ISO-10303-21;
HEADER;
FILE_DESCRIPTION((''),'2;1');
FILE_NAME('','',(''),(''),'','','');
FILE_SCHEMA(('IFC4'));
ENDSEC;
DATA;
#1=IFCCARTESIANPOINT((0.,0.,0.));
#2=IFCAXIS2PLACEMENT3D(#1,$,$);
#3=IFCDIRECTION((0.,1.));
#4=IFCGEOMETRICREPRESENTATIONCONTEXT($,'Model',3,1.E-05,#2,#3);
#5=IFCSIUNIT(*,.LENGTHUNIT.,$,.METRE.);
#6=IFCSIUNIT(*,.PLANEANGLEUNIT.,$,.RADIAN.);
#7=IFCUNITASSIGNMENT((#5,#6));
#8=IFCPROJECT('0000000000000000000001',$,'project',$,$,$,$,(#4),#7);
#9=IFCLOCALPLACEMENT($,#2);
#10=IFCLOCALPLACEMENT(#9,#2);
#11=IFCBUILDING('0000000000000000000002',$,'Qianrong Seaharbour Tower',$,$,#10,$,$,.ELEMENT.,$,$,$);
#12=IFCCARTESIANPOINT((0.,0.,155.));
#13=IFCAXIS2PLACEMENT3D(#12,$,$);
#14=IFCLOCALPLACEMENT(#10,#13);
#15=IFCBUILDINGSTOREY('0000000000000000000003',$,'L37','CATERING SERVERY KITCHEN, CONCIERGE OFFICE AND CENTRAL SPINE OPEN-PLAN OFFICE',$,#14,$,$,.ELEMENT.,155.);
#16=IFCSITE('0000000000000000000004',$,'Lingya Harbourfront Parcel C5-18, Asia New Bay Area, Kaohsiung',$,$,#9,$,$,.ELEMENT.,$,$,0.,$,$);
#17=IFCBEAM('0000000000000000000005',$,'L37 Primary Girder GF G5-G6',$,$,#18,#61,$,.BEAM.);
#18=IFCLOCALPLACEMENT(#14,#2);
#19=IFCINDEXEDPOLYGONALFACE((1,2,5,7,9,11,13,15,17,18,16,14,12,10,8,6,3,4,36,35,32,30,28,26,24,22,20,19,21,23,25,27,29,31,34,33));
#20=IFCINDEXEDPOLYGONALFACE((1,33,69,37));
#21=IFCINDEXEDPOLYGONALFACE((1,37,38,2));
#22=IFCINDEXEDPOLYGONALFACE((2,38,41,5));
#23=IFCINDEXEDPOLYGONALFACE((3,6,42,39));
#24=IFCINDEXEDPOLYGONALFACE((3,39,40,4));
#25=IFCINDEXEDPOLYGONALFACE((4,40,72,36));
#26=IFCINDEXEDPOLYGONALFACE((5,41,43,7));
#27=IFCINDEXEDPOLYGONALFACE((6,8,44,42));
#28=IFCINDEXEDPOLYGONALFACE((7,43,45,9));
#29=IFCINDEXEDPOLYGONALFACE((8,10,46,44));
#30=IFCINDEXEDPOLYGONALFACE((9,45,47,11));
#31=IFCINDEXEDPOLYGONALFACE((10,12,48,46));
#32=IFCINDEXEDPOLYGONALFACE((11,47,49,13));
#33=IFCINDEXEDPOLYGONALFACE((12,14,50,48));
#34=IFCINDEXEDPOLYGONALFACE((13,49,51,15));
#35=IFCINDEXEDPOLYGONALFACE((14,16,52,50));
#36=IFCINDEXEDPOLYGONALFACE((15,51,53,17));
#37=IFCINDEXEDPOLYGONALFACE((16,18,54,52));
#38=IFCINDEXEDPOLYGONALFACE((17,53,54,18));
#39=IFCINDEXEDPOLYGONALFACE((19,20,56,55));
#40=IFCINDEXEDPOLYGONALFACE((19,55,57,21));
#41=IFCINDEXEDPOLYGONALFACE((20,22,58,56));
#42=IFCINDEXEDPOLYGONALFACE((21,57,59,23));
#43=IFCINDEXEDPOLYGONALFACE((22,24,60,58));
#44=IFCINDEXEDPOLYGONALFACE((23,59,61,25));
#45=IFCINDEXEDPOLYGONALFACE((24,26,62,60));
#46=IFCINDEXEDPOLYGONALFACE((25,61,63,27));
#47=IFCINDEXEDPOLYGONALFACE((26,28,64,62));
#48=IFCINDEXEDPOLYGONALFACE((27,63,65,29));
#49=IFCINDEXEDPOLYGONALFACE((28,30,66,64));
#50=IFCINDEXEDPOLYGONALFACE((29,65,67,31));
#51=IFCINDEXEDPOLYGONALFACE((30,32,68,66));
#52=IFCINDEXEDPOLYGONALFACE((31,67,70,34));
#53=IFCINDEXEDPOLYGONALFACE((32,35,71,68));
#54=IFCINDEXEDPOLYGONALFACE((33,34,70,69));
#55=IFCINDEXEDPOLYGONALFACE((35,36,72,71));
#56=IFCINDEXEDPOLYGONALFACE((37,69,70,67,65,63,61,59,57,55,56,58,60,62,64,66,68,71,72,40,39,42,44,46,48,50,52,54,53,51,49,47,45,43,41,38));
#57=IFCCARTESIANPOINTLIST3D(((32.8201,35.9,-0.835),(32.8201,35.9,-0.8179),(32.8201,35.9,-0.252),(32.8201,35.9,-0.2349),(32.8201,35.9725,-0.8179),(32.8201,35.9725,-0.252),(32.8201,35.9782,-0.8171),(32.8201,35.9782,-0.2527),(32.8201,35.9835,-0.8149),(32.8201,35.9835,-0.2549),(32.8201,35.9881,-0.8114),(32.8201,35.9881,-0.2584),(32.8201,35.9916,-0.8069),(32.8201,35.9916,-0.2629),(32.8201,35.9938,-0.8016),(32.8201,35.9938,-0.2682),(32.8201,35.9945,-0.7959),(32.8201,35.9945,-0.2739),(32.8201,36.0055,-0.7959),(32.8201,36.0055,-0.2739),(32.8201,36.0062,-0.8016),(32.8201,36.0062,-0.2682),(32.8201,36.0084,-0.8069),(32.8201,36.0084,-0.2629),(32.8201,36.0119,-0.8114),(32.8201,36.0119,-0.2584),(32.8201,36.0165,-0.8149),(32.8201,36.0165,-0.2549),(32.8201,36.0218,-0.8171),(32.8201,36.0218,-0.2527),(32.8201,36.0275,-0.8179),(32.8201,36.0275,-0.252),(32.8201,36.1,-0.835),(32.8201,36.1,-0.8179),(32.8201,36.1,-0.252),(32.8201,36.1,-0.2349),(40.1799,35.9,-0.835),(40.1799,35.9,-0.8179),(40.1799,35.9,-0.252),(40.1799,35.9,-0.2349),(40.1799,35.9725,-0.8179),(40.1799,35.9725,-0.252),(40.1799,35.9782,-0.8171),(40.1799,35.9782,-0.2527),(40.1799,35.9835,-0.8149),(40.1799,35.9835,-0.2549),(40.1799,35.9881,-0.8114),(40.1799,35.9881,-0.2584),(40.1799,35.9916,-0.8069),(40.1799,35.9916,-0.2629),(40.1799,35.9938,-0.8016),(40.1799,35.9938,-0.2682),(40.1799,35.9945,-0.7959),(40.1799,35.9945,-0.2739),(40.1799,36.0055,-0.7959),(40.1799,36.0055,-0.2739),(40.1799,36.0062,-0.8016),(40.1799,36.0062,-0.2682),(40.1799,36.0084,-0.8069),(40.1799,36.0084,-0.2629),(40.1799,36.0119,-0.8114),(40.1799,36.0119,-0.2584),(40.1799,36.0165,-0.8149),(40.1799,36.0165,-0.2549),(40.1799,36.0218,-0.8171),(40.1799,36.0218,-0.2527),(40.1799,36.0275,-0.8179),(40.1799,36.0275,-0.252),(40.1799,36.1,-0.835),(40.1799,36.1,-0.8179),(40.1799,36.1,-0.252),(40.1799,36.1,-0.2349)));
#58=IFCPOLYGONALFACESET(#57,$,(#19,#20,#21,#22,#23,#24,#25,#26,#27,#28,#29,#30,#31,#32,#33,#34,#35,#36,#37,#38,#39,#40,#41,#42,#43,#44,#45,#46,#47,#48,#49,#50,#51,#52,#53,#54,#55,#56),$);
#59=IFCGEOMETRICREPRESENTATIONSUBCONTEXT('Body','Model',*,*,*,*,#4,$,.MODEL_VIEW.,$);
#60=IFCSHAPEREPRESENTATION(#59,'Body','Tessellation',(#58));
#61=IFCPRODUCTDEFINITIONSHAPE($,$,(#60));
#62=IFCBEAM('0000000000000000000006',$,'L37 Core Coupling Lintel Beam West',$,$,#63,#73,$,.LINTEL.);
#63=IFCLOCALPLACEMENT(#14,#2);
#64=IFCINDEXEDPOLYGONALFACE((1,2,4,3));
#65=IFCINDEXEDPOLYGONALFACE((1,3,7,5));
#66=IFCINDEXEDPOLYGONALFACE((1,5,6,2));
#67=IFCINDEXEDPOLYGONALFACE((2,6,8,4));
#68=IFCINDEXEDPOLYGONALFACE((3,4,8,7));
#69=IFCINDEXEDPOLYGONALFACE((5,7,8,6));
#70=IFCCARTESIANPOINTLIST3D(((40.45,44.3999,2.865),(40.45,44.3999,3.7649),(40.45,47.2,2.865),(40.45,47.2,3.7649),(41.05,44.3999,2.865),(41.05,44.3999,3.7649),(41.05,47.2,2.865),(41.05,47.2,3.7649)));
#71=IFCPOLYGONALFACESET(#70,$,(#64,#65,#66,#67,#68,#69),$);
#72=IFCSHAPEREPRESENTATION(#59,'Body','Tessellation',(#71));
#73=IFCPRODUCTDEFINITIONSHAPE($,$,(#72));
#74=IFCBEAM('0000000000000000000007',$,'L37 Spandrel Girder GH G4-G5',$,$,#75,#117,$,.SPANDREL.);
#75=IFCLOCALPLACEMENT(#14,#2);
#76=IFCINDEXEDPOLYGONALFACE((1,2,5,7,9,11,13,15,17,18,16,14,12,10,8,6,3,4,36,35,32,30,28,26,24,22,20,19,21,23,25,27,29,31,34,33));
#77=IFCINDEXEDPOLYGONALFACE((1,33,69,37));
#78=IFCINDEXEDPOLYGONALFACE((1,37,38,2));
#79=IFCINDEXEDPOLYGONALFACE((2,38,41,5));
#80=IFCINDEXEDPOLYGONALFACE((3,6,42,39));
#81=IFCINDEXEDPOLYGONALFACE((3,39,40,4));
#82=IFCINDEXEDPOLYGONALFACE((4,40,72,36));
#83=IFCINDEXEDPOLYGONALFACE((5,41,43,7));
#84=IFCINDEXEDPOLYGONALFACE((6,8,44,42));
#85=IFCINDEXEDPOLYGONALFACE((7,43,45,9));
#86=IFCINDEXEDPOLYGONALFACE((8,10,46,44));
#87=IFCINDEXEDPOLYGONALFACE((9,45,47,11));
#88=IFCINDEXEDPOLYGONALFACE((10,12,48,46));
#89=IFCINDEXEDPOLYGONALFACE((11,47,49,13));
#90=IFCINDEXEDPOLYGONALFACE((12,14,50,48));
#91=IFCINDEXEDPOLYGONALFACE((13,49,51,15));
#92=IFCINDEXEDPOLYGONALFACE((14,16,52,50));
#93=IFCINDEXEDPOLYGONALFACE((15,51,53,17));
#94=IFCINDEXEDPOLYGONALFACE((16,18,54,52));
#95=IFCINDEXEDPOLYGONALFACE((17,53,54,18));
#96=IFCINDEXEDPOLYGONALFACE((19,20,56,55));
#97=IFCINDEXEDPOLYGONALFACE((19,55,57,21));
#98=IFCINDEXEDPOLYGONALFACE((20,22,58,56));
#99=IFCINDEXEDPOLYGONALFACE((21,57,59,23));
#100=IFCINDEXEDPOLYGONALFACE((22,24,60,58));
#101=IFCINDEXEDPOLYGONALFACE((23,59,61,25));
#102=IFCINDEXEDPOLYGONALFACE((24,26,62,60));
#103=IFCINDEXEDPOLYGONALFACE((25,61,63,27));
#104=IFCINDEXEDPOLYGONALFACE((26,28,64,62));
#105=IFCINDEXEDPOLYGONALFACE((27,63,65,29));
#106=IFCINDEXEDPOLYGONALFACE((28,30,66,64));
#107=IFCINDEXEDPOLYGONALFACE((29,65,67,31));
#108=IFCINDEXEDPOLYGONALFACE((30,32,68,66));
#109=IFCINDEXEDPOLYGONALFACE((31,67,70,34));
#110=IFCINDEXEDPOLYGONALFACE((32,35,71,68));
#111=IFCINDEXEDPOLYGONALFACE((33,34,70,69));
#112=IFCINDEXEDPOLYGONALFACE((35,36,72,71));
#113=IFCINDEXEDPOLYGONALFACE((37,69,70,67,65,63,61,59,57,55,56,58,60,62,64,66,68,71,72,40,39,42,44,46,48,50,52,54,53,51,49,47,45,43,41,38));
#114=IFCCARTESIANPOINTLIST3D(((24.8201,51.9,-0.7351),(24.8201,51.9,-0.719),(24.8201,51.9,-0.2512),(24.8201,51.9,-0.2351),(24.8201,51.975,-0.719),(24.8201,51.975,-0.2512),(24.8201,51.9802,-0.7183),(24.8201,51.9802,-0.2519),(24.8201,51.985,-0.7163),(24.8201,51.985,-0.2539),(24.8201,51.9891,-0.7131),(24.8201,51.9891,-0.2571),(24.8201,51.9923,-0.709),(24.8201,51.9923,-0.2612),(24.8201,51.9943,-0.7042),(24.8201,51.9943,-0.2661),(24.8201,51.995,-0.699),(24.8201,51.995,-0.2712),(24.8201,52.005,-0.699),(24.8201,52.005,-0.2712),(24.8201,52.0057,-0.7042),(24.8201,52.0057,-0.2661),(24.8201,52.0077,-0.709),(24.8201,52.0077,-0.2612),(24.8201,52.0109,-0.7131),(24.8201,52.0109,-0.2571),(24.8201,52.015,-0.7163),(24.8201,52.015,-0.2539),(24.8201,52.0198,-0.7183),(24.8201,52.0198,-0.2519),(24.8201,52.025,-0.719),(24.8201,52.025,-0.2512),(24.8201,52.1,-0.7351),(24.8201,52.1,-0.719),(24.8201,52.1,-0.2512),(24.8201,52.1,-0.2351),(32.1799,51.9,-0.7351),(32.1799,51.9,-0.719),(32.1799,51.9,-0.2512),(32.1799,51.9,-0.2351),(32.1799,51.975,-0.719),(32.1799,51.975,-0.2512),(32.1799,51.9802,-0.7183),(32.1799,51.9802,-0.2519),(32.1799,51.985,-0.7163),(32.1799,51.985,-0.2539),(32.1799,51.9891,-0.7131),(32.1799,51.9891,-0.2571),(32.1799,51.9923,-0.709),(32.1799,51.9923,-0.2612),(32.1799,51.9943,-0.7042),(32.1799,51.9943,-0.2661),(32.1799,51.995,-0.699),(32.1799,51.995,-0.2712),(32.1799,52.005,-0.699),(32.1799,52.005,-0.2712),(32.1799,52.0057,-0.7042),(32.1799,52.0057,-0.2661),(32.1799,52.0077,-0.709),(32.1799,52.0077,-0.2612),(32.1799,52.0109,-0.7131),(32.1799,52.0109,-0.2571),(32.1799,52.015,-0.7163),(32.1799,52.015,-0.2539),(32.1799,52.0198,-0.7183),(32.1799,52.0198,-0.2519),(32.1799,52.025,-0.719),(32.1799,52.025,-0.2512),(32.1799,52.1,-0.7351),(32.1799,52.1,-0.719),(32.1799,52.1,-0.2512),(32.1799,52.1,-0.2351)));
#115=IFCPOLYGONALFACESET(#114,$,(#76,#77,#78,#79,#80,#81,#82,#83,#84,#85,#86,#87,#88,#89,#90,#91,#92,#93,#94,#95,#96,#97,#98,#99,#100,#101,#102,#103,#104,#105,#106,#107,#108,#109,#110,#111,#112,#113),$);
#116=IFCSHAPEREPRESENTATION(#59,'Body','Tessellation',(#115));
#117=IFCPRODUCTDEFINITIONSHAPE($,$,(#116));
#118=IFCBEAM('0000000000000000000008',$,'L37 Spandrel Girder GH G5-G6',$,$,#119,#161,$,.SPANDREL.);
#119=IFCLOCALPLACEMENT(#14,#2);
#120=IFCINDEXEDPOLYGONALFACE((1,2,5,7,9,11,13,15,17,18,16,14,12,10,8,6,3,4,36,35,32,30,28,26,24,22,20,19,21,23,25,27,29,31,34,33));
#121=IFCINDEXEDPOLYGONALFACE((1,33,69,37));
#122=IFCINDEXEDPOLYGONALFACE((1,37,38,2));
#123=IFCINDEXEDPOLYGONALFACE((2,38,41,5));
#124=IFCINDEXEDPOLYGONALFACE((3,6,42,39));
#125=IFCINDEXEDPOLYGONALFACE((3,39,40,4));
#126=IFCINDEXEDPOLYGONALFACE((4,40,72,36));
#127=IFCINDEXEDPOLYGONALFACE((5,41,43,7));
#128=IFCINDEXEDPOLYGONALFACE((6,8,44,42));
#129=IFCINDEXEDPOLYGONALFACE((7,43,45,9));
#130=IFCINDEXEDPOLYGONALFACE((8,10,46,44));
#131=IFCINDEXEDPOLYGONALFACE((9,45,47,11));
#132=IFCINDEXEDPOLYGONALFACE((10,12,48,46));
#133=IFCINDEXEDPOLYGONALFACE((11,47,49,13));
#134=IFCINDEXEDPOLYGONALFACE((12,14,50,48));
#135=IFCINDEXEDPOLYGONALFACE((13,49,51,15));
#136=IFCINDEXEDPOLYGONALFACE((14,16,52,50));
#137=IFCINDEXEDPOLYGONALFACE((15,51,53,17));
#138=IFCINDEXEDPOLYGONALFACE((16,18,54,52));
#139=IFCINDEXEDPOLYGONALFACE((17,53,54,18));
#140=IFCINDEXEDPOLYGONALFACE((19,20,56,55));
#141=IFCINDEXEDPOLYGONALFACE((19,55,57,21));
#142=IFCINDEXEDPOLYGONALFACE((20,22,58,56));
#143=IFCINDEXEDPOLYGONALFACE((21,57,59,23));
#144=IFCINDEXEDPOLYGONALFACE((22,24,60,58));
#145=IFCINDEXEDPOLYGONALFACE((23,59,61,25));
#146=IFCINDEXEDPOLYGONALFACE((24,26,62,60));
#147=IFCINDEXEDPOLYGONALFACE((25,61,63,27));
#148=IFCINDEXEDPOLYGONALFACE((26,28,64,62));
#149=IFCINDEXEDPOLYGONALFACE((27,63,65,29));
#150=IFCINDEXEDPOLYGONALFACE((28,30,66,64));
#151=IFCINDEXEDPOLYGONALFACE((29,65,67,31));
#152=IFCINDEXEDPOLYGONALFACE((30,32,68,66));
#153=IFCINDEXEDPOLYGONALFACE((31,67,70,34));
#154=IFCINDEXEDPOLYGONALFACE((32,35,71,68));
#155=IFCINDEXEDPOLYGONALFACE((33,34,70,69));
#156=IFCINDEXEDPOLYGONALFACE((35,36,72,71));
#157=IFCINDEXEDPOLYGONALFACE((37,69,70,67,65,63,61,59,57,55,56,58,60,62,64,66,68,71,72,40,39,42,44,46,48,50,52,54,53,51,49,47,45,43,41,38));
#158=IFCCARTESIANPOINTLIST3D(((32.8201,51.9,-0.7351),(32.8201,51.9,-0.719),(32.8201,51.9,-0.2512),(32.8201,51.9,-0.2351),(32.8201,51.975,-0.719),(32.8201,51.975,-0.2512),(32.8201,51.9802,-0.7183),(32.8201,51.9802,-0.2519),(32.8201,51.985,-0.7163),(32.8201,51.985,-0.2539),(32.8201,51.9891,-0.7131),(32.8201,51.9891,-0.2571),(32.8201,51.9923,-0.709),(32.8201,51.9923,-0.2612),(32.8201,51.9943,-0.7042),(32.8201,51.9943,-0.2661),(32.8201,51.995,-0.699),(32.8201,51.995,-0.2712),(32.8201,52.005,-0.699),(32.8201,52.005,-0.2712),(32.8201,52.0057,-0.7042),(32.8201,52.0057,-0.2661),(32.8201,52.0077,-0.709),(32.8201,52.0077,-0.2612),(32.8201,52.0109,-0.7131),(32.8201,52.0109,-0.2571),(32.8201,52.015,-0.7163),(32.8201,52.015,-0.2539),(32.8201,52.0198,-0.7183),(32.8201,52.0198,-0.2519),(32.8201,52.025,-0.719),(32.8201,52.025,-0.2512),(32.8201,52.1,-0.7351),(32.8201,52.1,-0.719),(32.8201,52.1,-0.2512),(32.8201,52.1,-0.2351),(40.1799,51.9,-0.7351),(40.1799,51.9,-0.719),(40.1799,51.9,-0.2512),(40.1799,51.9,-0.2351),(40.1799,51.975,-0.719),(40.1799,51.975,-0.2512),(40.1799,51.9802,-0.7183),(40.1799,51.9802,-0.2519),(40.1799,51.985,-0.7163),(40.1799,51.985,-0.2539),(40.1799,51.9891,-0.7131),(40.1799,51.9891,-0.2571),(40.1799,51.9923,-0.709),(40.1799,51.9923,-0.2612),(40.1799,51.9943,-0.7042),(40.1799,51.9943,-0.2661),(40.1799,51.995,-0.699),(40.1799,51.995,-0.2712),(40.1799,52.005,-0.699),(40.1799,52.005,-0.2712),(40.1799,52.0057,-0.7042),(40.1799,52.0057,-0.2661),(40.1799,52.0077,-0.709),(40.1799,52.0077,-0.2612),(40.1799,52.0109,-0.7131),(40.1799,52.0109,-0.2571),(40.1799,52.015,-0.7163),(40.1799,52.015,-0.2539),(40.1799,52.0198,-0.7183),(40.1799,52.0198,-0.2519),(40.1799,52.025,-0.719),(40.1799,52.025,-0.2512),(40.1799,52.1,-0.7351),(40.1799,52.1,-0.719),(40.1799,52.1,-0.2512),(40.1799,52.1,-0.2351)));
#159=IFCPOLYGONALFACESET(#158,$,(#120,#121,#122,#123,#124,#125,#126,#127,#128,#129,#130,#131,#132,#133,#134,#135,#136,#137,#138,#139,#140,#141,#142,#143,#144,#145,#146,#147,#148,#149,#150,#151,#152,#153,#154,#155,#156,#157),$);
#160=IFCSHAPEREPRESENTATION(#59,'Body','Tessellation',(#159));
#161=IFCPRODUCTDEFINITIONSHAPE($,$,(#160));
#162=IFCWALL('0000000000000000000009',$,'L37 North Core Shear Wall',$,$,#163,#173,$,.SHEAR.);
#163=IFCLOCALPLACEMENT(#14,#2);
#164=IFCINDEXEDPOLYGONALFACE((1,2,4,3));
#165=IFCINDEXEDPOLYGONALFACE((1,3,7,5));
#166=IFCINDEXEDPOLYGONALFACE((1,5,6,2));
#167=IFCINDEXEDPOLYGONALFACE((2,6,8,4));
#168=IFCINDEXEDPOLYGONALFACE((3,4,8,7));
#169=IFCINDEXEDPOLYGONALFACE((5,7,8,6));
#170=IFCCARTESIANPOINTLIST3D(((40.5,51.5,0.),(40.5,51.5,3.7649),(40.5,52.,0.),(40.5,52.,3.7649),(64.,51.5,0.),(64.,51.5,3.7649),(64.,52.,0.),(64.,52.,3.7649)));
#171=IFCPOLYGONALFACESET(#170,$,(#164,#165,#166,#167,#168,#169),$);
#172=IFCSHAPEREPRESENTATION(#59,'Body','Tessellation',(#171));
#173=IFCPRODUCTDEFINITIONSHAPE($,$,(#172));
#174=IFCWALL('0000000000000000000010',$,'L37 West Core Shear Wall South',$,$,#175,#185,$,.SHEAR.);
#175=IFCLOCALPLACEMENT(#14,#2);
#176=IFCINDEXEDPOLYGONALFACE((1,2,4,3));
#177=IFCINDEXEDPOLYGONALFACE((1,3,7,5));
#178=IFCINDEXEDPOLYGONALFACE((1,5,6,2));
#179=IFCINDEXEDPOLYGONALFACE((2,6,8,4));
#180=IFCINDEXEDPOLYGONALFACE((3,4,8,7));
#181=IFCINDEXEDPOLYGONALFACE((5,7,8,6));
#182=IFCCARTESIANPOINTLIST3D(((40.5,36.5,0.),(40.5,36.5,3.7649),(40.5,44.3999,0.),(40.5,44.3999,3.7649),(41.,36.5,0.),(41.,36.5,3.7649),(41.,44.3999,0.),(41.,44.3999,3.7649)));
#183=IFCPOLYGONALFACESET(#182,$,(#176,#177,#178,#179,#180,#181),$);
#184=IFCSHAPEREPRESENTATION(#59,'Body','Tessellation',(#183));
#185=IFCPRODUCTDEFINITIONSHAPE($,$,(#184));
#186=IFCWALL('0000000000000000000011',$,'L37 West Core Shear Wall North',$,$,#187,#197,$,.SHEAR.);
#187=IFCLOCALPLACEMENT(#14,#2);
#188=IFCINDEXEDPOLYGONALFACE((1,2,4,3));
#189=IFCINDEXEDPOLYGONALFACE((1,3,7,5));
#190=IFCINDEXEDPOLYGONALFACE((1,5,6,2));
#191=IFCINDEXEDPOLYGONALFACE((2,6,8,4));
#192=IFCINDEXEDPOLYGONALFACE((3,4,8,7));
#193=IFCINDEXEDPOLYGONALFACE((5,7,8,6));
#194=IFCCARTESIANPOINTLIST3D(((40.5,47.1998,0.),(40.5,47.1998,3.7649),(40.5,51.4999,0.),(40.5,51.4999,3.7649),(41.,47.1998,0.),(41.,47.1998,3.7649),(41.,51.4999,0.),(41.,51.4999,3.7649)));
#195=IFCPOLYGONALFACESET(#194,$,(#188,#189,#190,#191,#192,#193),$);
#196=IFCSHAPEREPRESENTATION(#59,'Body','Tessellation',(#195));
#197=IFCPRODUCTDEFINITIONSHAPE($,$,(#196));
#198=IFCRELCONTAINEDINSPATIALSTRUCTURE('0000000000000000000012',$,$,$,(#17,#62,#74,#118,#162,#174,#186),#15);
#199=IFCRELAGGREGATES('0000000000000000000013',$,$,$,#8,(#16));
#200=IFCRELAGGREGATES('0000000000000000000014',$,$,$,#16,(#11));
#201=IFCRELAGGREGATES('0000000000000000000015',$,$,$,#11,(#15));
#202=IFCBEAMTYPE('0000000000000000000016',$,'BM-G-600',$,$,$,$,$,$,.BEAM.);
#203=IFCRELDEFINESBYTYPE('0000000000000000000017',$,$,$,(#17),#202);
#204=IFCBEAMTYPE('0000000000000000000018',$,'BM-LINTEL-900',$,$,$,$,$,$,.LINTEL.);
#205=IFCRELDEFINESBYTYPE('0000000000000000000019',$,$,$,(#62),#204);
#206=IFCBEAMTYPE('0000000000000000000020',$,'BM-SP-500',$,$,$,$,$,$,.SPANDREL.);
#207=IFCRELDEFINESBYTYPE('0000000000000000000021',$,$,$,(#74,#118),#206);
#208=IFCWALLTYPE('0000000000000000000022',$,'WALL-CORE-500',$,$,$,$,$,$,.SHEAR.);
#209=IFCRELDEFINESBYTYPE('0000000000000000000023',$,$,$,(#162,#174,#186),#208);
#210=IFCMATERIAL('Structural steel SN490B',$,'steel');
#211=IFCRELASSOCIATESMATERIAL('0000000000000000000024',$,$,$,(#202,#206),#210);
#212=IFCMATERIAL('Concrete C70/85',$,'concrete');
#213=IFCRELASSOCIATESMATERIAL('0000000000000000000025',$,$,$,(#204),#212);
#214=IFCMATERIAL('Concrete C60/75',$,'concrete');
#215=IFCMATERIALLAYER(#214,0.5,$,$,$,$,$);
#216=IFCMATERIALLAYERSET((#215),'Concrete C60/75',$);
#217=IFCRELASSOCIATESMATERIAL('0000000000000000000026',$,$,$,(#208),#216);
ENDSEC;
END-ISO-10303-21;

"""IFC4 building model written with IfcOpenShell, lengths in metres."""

from ifc_helpers import new_model, si_unit, direction, frame, frame_2d, origin, origin_2d, place, context, subcontext, project, spatial, rectangle, i_section, extrude, material, layer, layer_set, material_profile, profile_set, type_object, element, save


model = new_model("IFC4")

# Units and contexts
model_context = context("Model", 3, precision=1e-05, world=origin(), true_north=direction((0.0, 1.0)))
body_context = subcontext(model_context, "Body", "Model", "MODEL_VIEW")
ifc_project = project(units=[si_unit("LENGTHUNIT", "METRE"), si_unit("PLANEANGLEUNIT", "RADIAN")], contexts=[model_context])

# Site, building, storey
site_placement = place(None, origin())
site = spatial("IfcSite", under=ifc_project, at=site_placement, Name="Lingya Harbourfront Parcel C5-18, Asia New Bay Area, Kaohsiung", CompositionType="ELEMENT", RefElevation=0.0)
building_placement = place(site_placement, origin())
building = spatial("IfcBuilding", under=site, at=building_placement, Name="Qianrong Seaharbour Tower", CompositionType="ELEMENT")
storey_placement = place(building_placement, frame((0.0, 0.0, 155.0)))
storey = spatial("IfcBuildingStorey", under=building, at=storey_placement, Name="L37", Description="CATERING SERVERY KITCHEN, CONCIERGE OFFICE AND CENTRAL SPINE OPEN-PLAN OFFICE", CompositionType="ELEMENT", Elevation=155.0)

# Shared definitions
ifc_material_1 = material(Name="Structural steel SN490B", Category="steel")

# Beams
ifc_material_profile_1 = material_profile(ifc_material_1, i_section(OverallWidth=0.2, OverallDepth=0.6001, WebThickness=0.011, FlangeThickness=0.0171, FilletRadius=0.022, at=origin_2d()), Name="H600x200x11x17")
ifc_profile_set_1 = profile_set([ifc_material_profile_1], Name="Structural steel SN490B")
beam_type_1 = type_object("IfcBeamType", Name="BM-G-600", PredefinedType="BEAM", material=ifc_profile_set_1)
beam_1_placement = place(storey_placement, frame((32.8201, 36.0, -0.5349), z_axis=(1.0, 0.0, 0.0), x_axis=(0.0, 1.0, 0.0)))
element("IfcBeam", 1, at=beam_1_placement, inside=storey, type_object=beam_type_1, Name="L37 Primary Girder GF G5-G6", PredefinedType="BEAM", context=body_context, shape_type="SweptSolid", body=[
    extrude(i_section(OverallWidth=0.2, OverallDepth=0.6001, WebThickness=0.011, FlangeThickness=0.0171, FilletRadius=0.022, at=origin_2d()), origin(), (0.0, 0.0, 1.0), 7.3599),
])
ifc_material_2 = material(Name="Concrete C70/85", Category="concrete")
ifc_material_profile_2 = material_profile(ifc_material_2, rectangle(XDim=0.6001, YDim=0.8999, at=origin_2d()), Name="RC600x900")
ifc_profile_set_2 = profile_set([ifc_material_profile_2], Name="Concrete C70/85")
beam_type_2 = type_object("IfcBeamType", Name="BM-LINTEL-900", PredefinedType="LINTEL", material=ifc_profile_set_2)
beam_2_placement = place(storey_placement, frame((40.75, 44.3999, 3.3149), z_axis=(0.0, 1.0, 0.0), x_axis=(-1.0, 0.0, 0.0)))
element("IfcBeam", 2, at=beam_2_placement, inside=storey, type_object=beam_type_2, Name="L37 Core Coupling Lintel Beam West", PredefinedType="LINTEL", context=body_context, shape_type="SweptSolid", body=[
    extrude(rectangle(XDim=0.6001, YDim=0.8999, at=origin_2d()), origin(), (0.0, 0.0, 1.0), 2.8),
])
ifc_material_profile_3 = material_profile(ifc_material_1, i_section(OverallWidth=0.2, OverallDepth=0.5, WebThickness=0.01, FlangeThickness=0.0161, FilletRadius=0.02, at=origin_2d()), Name="H500x200x10x16")
ifc_profile_set_3 = profile_set([ifc_material_profile_3], Name="Structural steel SN490B")
beam_type_3 = type_object("IfcBeamType", Name="BM-SP-500", PredefinedType="SPANDREL", material=ifc_profile_set_3)
for number, where, z_axis, x_axis, name in (
    (3, (24.8201, 52.0, -0.4851), (1.0, 0.0, 0.0), (0.0, 1.0, 0.0), "L37 Spandrel Girder GH G4-G5"),
    (4, (32.8201, 52.0, -0.4851), (1.0, 0.0, 0.0), (0.0, 1.0, 0.0), "L37 Spandrel Girder GH G5-G6"),
):
    element("IfcBeam", number, at=place(storey_placement, frame(where, z_axis=z_axis, x_axis=x_axis)), inside=storey, type_object=beam_type_3, Name=name, PredefinedType="SPANDREL", context=body_context, shape_type="SweptSolid", body=[
        extrude(i_section(OverallWidth=0.2, OverallDepth=0.5, WebThickness=0.01, FlangeThickness=0.0161, FilletRadius=0.02, at=origin_2d()), origin(), (0.0, 0.0, 1.0), 7.3599),
    ])

# Walls
ifc_material_3 = material(Name="Concrete C60/75", Category="concrete")
ifc_layer_1 = layer(ifc_material_3, 0.5)
ifc_layer_set_1 = layer_set([ifc_layer_1], Name="Concrete C60/75")
wall_type_1 = type_object("IfcWallType", Name="WALL-CORE-500", PredefinedType="SHEAR", material=ifc_layer_set_1)
wall_1_placement = place(storey_placement, frame((40.5, 51.75, 0.0), z_axis=(0.0, 0.0, 1.0), x_axis=(1.0, 0.0, 0.0)))
element("IfcWall", 5, at=wall_1_placement, inside=storey, type_object=wall_type_1, Name="L37 North Core Shear Wall", PredefinedType="SHEAR", context=body_context, shape_type="SweptSolid", body=[
    extrude(rectangle(XDim=23.5, YDim=0.5, at=frame_2d((11.75, 0.0))), origin(), (0.0, 0.0, 1.0), 3.7649),
])
wall_2_placement = place(storey_placement, frame((40.75, 36.5, 0.0), z_axis=(0.0, 0.0, 1.0), x_axis=(0.0, 1.0, 0.0)))
element("IfcWall", 6, at=wall_2_placement, inside=storey, type_object=wall_type_1, Name="L37 West Core Shear Wall South", PredefinedType="SHEAR", context=body_context, shape_type="SweptSolid", body=[
    extrude(rectangle(XDim=7.8999, YDim=0.5, at=frame_2d((3.95, 0.0))), origin(), (0.0, 0.0, 1.0), 3.7649),
])
wall_3_placement = place(storey_placement, frame((40.75, 47.2, 0.0), z_axis=(0.0, 0.0, 1.0), x_axis=(0.0, 1.0, 0.0)))
element("IfcWall", 7, at=wall_3_placement, inside=storey, type_object=wall_type_1, Name="L37 West Core Shear Wall North", PredefinedType="SHEAR", context=body_context, shape_type="SweptSolid", body=[
    extrude(rectangle(XDim=4.3, YDim=0.5, at=frame_2d((2.1499, 0.0))), origin(), (0.0, 0.0, 1.0), 3.7649),
])

save(model, "model.ifc")
